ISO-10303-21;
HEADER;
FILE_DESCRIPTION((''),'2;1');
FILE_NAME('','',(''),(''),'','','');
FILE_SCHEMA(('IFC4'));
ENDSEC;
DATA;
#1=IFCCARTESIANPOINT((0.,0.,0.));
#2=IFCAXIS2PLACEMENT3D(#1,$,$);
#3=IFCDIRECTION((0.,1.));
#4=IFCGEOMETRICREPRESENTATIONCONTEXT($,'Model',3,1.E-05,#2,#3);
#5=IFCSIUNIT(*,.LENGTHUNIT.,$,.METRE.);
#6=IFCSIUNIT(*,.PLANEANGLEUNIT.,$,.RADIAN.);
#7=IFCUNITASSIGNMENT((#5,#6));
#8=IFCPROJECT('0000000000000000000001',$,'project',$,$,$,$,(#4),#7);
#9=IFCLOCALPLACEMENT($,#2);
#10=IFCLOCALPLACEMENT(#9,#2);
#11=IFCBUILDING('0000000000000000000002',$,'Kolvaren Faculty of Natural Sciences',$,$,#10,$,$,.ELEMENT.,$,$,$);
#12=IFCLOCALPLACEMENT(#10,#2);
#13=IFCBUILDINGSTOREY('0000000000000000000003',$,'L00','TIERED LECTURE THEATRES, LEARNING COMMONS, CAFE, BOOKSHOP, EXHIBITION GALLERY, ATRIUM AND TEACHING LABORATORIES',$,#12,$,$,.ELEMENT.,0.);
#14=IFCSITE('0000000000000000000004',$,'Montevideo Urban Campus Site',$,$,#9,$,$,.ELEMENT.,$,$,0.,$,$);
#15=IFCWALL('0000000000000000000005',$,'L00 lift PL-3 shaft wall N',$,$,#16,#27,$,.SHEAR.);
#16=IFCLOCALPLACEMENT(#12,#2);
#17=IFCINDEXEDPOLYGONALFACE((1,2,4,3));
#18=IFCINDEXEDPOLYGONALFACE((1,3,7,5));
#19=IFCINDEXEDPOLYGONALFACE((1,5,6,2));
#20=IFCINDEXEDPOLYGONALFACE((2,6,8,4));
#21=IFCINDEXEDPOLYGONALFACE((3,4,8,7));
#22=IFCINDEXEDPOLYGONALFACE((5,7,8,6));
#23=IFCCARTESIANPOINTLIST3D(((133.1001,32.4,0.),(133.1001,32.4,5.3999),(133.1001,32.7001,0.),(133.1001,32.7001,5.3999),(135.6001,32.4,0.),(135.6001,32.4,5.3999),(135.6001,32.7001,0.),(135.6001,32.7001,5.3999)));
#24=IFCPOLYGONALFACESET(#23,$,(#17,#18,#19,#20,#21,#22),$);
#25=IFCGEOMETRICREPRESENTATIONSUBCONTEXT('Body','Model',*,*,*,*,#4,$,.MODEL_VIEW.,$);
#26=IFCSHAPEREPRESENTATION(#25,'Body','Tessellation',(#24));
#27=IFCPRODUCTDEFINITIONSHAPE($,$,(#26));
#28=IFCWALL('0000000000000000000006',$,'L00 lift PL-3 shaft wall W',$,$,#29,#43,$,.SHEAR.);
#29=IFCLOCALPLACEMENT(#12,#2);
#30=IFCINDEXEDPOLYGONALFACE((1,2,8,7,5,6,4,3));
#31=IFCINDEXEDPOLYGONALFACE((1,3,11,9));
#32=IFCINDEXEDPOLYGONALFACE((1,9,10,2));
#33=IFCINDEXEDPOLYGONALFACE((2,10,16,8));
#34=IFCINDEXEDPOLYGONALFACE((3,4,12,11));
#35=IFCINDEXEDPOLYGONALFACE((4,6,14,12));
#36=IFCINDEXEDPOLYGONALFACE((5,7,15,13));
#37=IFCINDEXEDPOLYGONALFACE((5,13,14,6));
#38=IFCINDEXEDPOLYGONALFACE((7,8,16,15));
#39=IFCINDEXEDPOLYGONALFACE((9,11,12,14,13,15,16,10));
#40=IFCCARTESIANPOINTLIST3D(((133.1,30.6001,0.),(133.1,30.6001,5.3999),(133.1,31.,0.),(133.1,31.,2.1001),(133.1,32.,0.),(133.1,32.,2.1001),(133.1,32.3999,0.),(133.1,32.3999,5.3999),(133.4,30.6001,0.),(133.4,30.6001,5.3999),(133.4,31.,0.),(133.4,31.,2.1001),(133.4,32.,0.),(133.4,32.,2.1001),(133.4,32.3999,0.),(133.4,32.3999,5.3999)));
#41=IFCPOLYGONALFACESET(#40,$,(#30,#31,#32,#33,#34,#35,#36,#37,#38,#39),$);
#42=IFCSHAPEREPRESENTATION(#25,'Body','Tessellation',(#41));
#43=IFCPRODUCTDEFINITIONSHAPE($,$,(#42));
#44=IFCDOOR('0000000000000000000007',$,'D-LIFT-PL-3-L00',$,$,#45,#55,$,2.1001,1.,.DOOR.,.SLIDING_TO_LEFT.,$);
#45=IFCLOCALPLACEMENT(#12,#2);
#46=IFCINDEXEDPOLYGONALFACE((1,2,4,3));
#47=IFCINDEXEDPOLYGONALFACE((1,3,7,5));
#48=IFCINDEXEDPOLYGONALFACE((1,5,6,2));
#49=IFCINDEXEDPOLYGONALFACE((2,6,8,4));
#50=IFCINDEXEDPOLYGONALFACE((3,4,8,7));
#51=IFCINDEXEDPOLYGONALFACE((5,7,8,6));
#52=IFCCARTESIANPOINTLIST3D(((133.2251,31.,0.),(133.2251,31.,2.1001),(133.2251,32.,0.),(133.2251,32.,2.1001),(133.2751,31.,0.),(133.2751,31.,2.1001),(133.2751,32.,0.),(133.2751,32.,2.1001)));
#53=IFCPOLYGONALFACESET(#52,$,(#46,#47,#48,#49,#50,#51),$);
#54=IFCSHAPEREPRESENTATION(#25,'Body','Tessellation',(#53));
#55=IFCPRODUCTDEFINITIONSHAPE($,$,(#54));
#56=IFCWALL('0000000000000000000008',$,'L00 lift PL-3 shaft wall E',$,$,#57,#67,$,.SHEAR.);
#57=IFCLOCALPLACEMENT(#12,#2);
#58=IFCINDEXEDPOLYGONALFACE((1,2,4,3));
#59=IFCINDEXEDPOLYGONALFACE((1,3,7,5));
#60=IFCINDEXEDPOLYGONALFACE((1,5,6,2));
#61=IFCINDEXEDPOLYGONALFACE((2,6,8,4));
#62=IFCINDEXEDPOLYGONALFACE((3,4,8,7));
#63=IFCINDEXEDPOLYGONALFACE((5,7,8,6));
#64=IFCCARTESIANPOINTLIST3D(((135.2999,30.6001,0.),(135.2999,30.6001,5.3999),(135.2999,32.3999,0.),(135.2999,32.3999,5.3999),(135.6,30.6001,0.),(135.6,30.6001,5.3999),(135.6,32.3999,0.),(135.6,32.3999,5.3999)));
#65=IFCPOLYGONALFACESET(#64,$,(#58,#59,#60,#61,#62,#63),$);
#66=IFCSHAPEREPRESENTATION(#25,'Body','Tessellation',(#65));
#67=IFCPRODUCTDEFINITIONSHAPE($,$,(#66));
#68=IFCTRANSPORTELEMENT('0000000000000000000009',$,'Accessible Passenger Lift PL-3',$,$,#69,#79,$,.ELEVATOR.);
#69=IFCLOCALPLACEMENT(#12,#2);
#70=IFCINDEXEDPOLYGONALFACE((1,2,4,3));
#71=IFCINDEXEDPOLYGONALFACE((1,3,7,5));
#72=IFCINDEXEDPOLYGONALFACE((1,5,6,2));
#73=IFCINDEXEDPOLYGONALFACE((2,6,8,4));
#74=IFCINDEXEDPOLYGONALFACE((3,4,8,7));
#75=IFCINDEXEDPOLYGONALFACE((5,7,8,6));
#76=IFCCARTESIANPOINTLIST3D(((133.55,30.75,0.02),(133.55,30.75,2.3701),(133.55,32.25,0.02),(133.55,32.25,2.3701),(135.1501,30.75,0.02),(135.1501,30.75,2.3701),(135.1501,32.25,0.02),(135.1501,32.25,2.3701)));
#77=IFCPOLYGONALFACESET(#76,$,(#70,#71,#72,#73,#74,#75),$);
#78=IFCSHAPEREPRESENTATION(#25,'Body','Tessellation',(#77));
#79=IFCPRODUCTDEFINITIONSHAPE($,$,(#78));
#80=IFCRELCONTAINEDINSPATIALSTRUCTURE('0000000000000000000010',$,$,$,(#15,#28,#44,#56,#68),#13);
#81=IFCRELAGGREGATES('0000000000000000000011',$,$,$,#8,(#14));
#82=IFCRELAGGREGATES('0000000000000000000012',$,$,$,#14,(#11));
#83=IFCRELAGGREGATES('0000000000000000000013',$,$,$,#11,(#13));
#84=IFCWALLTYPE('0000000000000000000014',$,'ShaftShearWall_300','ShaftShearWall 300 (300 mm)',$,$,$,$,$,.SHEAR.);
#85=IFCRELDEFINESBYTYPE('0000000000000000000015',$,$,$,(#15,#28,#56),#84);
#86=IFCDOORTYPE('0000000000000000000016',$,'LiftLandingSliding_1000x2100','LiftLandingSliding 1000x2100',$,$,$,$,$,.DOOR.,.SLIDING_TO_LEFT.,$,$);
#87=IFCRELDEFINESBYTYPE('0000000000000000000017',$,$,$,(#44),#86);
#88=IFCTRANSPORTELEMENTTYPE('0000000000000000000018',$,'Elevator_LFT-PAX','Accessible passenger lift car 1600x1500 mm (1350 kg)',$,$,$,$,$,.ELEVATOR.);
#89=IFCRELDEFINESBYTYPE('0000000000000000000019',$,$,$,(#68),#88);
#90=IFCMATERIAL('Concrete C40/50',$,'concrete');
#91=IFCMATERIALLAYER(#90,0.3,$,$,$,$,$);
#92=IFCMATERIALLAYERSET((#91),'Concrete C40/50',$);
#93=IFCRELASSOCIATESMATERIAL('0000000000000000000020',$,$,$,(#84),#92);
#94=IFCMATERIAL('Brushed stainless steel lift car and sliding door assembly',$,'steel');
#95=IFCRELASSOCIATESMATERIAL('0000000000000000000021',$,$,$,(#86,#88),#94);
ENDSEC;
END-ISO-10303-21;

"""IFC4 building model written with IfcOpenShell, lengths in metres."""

from ifc_helpers import new_model, si_unit, direction, frame, frame_2d, origin, origin_2d, place, context, subcontext, project, spatial, rectangle, extrude, material, layer, layer_set, type_object, element, fill, save


model = new_model("IFC4")

# Units and contexts
model_context = context("Model", 3, precision=1e-05, world=origin(), true_north=direction((0.0, 1.0)))
body_context = subcontext(model_context, "Body", "Model", "MODEL_VIEW")
ifc_project = project(units=[si_unit("LENGTHUNIT", "METRE"), si_unit("PLANEANGLEUNIT", "RADIAN")], contexts=[model_context])

# Site, building, storey
site_placement = place(None, origin())
site = spatial("IfcSite", under=ifc_project, at=site_placement, Name="Montevideo Urban Campus Site", CompositionType="ELEMENT", RefElevation=0.0)
building_placement = place(site_placement, origin())
building = spatial("IfcBuilding", under=site, at=building_placement, Name="Kolvaren Faculty of Natural Sciences", CompositionType="ELEMENT")
storey_placement = place(building_placement, origin())
storey = spatial("IfcBuildingStorey", under=building, at=storey_placement, Name="L00", Description="TIERED LECTURE THEATRES, LEARNING COMMONS, CAFE, BOOKSHOP, EXHIBITION GALLERY, ATRIUM AND TEACHING LABORATORIES", CompositionType="ELEMENT", Elevation=0.0)

# Wall
ifc_material_1 = material(Name="Concrete C40/50", Category="concrete")
ifc_layer_1 = layer(ifc_material_1, 0.3)
ifc_layer_set_1 = layer_set([ifc_layer_1], Name="Concrete C40/50")
wall_type_1 = type_object("IfcWallType", Name="ShaftShearWall_300", Description="ShaftShearWall 300 (300 mm)", PredefinedType="SHEAR", material=ifc_layer_set_1)
for number, where, z_axis, x_axis, name in (
    (1, (133.1001, 32.55, 0.0), (0.0, 0.0, 1.0), (1.0, 0.0, 0.0), "L00 lift PL-3 shaft wall N"),
):
    element("IfcWall", number, at=place(storey_placement, frame(where, z_axis=z_axis, x_axis=x_axis)), inside=storey, type_object=wall_type_1, Name=name, PredefinedType="SHEAR", context=body_context, shape_type="SweptSolid", body=[
        extrude(rectangle(XDim=2.5, YDim=0.3, at=frame_2d((1.25, 0.0))), origin(), (0.0, 0.0, 1.0), 5.3999),
    ])

# Wall, opening, door
wall_1_placement = place(storey_placement, frame((133.25, 30.6001, 0.0), z_axis=(0.0, 0.0, 1.0), x_axis=(0.0, 1.0, 0.0)))
wall_1 = element("IfcWall", 2, at=wall_1_placement, inside=storey, type_object=wall_type_1, Name="L00 lift PL-3 shaft wall W", PredefinedType="SHEAR", context=body_context, shape_type="SweptSolid", body=[
    extrude(rectangle(XDim=1.7998, YDim=0.3, at=frame_2d((0.8999, 0.0))), origin(), (0.0, 0.0, 1.0), 5.3999),
])
opening_1_placement = place(wall_1_placement, frame((0.3999, 0.0, 0.0)))
opening_1 = element("IfcOpeningElement", 3, at=opening_1_placement, cuts=wall_1, PredefinedType="OPENING", context=body_context, shape_type="SweptSolid", body=[
    extrude(rectangle(XDim=1.0, YDim=2.1001, at=frame_2d((0.5, 1.05))), frame((0.0, 0.1599, 0.0), z_axis=(0.0, -1.0, 0.0), x_axis=(1.0, 0.0, 0.0)), (0.0, 0.0, 1.0), 0.3201),
])
ifc_material_2 = material(Name="Brushed stainless steel lift car and sliding door assembly", Category="steel")
door_type_1 = type_object("IfcDoorType", Name="LiftLandingSliding_1000x2100", Description="LiftLandingSliding 1000x2100", OperationType="SLIDING_TO_LEFT", PredefinedType="DOOR", material=ifc_material_2)
door_1_placement = place(opening_1_placement, origin())
door_1 = element("IfcDoor", 4, at=door_1_placement, inside=storey, type_object=door_type_1, Name="D-LIFT-PL-3-L00", OperationType="SLIDING_TO_LEFT", OverallHeight=2.1001, OverallWidth=1.0, PredefinedType="DOOR", context=body_context, shape_type="SweptSolid", body=[
    extrude(rectangle(XDim=1.0, YDim=2.1001, at=frame_2d((0.5, 1.05))), frame((0.0, 0.0249, 0.0), z_axis=(0.0, -1.0, 0.0), x_axis=(1.0, 0.0, 0.0)), (0.0, 0.0, 1.0), 0.05),
])
fill(opening_1, door_1)

# Wall
wall_2_placement = place(storey_placement, frame((135.45, 30.6001, 0.0), z_axis=(0.0, 0.0, 1.0), x_axis=(0.0, 1.0, 0.0)))
element("IfcWall", 5, at=wall_2_placement, inside=storey, type_object=wall_type_1, Name="L00 lift PL-3 shaft wall E", PredefinedType="SHEAR", context=body_context, shape_type="SweptSolid", body=[
    extrude(rectangle(XDim=1.7998, YDim=0.3, at=frame_2d((0.8999, 0.0))), origin(), (0.0, 0.0, 1.0), 5.3999),
])

# Transport element
transport_element_type = type_object("IfcTransportElementType", Name="Elevator_LFT-PAX", Description="Accessible passenger lift car 1600x1500 mm (1350 kg)", PredefinedType="ELEVATOR", material=ifc_material_2)
transport_element_placement = place(storey_placement, frame((134.3501, 31.5, 0.02), z_axis=(0.0, 0.0, 1.0), x_axis=(1.0, 0.0, 0.0)))
element("IfcTransportElement", 6, at=transport_element_placement, inside=storey, type_object=transport_element_type, Name="Accessible Passenger Lift PL-3", PredefinedType="ELEVATOR", context=body_context, shape_type="SweptSolid", body=[
    extrude(rectangle(XDim=1.6001, YDim=1.5, at=origin_2d()), origin(), (0.0, 0.0, 1.0), 2.3501),
])

save(model, "model.ifc")
